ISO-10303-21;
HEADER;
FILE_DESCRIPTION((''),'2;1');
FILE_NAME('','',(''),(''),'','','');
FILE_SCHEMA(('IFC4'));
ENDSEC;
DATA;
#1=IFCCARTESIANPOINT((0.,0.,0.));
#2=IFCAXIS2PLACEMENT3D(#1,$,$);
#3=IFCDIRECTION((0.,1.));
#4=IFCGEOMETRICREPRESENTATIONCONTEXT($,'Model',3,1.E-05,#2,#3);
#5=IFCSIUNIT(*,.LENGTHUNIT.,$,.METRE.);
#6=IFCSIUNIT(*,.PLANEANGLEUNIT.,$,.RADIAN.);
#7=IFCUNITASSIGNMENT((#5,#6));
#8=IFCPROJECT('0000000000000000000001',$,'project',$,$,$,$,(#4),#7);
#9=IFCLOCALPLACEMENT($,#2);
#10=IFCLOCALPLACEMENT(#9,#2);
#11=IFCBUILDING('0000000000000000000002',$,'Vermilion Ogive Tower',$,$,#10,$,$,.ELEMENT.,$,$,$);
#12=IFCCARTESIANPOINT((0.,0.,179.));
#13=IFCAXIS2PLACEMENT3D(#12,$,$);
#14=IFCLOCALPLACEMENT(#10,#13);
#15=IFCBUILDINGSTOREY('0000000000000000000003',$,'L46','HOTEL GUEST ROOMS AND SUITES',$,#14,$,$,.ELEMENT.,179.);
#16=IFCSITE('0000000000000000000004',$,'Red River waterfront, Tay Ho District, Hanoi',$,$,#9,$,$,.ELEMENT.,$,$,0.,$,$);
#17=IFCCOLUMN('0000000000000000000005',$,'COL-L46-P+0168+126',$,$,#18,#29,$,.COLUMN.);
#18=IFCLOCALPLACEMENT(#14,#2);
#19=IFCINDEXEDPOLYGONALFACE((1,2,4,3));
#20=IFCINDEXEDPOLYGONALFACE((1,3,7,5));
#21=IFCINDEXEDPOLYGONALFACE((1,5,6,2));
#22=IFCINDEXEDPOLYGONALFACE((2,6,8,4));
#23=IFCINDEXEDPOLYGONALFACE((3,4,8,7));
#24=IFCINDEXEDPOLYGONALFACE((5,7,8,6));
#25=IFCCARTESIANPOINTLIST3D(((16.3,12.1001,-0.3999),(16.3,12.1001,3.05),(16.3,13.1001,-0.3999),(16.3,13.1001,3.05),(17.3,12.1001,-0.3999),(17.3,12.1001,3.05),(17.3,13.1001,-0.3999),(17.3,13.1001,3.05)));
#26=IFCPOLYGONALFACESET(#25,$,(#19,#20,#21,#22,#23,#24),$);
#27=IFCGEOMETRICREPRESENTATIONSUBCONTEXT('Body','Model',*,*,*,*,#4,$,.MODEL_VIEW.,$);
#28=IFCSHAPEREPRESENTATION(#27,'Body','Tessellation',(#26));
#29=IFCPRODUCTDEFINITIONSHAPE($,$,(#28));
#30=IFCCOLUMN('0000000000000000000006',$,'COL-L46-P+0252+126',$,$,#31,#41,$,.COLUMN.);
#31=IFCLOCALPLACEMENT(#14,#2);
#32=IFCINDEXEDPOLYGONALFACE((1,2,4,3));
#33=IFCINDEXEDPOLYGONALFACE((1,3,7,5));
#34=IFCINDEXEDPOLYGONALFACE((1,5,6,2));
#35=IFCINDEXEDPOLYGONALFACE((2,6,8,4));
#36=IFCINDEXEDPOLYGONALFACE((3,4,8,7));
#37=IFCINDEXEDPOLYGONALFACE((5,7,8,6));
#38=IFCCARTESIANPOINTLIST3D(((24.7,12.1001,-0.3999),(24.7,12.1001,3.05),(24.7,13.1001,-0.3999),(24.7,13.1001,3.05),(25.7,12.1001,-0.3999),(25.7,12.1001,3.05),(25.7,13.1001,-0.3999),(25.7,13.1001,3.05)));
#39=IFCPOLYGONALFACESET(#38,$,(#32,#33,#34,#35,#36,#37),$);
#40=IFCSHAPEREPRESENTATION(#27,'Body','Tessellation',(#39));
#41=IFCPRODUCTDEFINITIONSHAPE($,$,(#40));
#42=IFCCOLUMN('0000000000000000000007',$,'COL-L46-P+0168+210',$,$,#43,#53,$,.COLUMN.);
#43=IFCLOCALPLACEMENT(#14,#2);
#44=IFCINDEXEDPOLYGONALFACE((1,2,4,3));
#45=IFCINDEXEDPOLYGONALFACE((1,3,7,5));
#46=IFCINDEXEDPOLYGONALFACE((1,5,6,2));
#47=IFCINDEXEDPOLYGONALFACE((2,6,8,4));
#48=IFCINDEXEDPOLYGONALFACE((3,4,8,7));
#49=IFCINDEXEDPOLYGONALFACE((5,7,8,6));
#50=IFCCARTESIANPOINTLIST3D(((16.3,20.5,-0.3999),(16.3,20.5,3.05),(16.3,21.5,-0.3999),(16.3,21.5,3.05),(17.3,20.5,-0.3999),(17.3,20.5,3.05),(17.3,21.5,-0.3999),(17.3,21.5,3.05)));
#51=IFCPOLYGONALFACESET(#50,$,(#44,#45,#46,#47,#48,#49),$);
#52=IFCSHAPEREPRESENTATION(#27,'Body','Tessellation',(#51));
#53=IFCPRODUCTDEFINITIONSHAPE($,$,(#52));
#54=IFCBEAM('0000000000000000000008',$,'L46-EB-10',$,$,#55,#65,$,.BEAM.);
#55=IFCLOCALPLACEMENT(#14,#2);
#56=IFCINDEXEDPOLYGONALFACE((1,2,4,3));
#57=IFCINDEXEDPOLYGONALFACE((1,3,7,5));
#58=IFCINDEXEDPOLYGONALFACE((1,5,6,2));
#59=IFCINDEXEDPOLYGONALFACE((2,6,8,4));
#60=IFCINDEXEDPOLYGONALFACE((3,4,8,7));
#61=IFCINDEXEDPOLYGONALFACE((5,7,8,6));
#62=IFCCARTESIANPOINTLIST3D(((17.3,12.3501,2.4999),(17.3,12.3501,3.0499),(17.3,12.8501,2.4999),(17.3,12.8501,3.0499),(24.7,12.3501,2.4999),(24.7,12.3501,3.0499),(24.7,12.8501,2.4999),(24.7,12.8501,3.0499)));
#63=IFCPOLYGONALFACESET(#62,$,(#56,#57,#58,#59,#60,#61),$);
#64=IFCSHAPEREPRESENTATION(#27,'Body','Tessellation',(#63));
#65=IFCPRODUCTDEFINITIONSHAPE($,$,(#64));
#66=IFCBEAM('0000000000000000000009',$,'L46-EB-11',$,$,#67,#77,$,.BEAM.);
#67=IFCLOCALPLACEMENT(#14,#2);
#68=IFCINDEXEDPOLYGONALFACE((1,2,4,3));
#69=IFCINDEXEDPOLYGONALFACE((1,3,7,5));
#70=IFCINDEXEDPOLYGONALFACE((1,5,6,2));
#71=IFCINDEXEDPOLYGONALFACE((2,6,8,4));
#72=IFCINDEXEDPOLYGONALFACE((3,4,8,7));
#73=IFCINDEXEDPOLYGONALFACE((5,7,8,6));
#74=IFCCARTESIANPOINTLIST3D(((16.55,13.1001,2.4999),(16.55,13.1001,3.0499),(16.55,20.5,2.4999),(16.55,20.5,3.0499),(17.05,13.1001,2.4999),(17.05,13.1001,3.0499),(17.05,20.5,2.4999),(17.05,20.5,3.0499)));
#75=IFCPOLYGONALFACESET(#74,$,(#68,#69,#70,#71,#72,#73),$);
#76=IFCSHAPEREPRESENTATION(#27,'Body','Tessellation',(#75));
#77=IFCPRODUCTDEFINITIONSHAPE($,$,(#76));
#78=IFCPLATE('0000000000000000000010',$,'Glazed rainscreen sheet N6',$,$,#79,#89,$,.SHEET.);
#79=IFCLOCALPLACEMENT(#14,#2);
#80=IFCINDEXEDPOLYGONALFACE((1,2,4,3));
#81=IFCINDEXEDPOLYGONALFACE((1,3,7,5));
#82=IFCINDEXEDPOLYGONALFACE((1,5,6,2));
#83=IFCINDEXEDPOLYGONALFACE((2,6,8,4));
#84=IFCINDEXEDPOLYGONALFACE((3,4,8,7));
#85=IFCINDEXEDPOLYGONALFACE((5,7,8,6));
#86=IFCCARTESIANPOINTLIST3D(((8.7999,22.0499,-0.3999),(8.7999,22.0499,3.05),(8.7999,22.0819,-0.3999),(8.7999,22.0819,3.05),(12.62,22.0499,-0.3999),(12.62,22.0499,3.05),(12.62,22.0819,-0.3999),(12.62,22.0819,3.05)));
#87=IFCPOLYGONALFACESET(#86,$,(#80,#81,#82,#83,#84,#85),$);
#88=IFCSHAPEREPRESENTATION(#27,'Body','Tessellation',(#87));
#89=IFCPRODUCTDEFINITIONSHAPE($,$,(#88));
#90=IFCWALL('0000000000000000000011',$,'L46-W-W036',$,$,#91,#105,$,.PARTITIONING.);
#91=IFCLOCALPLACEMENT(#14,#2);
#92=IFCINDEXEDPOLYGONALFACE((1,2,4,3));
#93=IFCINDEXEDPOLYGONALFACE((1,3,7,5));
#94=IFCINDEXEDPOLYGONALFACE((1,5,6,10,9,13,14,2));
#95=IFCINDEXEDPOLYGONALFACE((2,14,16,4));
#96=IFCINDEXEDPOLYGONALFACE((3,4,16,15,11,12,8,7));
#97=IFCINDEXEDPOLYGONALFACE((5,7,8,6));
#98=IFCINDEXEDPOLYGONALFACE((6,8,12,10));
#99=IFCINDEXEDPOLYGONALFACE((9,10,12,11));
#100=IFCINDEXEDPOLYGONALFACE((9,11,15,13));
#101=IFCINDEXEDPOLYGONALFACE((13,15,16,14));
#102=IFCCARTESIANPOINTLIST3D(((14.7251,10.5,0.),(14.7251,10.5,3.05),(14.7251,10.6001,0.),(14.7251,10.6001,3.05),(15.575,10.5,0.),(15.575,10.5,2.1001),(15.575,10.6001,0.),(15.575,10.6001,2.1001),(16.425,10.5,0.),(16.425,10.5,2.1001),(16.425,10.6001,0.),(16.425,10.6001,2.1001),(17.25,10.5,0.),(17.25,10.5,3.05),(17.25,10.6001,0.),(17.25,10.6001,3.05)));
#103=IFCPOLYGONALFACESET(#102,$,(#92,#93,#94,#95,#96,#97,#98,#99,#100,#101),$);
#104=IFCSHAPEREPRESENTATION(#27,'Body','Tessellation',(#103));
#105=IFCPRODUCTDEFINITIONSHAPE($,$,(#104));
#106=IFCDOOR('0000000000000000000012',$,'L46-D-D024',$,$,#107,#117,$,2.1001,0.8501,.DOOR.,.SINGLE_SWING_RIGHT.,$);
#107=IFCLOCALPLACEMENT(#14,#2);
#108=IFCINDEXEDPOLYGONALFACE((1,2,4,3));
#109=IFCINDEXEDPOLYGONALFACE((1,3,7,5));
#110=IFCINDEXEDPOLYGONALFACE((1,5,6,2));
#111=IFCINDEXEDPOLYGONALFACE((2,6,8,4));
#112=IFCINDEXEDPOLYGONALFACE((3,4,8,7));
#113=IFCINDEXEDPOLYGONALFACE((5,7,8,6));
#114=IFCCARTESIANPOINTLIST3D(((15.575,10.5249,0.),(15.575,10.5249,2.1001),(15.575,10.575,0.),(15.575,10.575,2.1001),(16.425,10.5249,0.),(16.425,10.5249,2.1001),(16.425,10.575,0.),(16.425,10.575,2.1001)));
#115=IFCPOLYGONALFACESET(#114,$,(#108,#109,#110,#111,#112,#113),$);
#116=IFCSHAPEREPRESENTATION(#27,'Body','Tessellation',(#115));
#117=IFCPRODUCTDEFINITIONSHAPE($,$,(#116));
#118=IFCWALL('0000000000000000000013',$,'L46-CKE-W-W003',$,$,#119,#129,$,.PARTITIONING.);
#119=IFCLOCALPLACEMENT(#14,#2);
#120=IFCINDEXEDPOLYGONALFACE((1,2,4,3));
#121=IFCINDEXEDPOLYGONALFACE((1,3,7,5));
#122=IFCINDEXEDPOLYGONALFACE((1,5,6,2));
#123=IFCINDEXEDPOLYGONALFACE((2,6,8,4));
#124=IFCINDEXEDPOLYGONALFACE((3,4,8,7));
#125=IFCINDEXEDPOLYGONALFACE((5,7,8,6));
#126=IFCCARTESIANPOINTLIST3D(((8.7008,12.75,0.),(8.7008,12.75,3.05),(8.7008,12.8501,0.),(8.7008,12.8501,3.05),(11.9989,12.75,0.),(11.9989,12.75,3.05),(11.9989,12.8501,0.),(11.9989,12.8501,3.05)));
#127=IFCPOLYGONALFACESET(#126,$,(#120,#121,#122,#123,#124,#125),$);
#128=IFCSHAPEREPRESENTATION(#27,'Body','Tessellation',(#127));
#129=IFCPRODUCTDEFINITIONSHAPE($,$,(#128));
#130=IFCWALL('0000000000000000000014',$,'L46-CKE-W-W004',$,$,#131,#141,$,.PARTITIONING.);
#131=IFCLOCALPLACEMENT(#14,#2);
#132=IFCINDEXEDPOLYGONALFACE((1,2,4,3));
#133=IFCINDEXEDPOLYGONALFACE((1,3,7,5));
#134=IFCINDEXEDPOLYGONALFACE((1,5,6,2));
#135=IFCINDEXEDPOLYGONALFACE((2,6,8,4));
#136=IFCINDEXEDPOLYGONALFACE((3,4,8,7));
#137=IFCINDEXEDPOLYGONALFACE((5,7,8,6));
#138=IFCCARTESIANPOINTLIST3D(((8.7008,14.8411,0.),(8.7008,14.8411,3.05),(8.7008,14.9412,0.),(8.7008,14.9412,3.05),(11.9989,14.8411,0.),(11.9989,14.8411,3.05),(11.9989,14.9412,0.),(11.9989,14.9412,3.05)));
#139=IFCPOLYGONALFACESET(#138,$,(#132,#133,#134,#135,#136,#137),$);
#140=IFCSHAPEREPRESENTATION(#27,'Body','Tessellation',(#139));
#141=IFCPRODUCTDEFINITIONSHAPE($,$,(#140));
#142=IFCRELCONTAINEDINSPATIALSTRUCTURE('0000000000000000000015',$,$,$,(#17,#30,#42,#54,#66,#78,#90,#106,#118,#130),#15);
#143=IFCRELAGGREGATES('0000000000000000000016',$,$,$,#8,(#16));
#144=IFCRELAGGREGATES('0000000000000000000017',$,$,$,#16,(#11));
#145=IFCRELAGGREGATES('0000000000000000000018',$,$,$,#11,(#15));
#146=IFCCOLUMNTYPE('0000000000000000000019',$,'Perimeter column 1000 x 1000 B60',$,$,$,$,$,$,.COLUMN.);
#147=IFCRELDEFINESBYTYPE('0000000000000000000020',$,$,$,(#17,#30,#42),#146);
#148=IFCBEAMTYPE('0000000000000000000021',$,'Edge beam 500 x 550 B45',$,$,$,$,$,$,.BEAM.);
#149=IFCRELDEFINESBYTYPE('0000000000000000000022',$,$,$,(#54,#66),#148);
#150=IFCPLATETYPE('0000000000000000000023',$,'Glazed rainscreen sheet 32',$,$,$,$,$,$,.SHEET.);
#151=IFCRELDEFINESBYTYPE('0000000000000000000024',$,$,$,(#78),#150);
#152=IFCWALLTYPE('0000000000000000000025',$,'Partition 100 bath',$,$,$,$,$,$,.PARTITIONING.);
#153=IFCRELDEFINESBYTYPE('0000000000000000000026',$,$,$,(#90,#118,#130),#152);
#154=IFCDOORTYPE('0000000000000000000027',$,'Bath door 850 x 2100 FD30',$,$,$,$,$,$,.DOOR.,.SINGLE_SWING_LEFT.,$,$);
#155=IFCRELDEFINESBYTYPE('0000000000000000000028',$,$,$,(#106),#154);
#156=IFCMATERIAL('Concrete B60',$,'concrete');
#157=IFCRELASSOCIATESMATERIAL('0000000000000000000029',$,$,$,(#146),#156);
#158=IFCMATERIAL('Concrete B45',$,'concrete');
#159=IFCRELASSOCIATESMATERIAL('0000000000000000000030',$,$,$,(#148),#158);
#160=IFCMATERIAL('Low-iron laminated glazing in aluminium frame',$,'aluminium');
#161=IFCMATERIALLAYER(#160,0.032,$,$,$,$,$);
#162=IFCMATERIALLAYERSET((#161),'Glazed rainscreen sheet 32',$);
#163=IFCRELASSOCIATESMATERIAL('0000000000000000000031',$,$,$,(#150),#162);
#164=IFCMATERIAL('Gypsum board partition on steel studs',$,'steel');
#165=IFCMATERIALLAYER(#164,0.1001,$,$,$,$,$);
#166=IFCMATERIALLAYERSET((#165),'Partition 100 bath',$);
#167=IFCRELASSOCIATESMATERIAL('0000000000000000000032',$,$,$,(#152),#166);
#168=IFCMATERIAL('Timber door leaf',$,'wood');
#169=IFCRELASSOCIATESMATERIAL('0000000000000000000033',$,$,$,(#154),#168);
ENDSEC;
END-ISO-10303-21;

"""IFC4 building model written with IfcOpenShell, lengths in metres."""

from ifc_helpers import new_model, si_unit, direction, frame, frame_2d, origin, origin_2d, place, context, subcontext, project, spatial, rectangle, extrude, material, layer, layer_set, material_profile, profile_set, type_object, element, fill, save


model = new_model("IFC4")

# Units and contexts
model_context = context("Model", 3, precision=1e-05, world=origin(), true_north=direction((0.0, 1.0)))
body_context = subcontext(model_context, "Body", "Model", "MODEL_VIEW")
ifc_project = project(units=[si_unit("LENGTHUNIT", "METRE"), si_unit("PLANEANGLEUNIT", "RADIAN")], contexts=[model_context])

# Site, building, storey
site_placement = place(None, origin())
site = spatial("IfcSite", under=ifc_project, at=site_placement, Name="Red River waterfront, Tay Ho District, Hanoi", CompositionType="ELEMENT", RefElevation=0.0)
building_placement = place(site_placement, origin())
building = spatial("IfcBuilding", under=site, at=building_placement, Name="Vermilion Ogive Tower", CompositionType="ELEMENT")
storey_placement = place(building_placement, frame((0.0, 0.0, 179.0)))
storey = spatial("IfcBuildingStorey", under=building, at=storey_placement, Name="L46", Description="HOTEL GUEST ROOMS AND SUITES", CompositionType="ELEMENT", Elevation=179.0)

# Columns
ifc_material_1 = material(Name="Concrete B60", Category="concrete")
ifc_material_profile_1 = material_profile(ifc_material_1, rectangle(XDim=1.0, YDim=1.0, at=origin_2d()), Name="1000 x 1000")
ifc_profile_set_1 = profile_set([ifc_material_profile_1], Name="Concrete B60")
column_type = type_object("IfcColumnType", Name="Perimeter column 1000 x 1000 B60", PredefinedType="COLUMN", material=ifc_profile_set_1)
for number, where, z_axis, x_axis, name in (
    (1, (16.8, 12.6001, -0.3999), (0.0, 0.0, 1.0), (1.0, 0.0, 0.0), "COL-L46-P+0168+126"),
    (2, (25.2, 12.6001, -0.3999), (0.0, 0.0, 1.0), (1.0, 0.0, 0.0), "COL-L46-P+0252+126"),
    (3, (16.8, 21.0, -0.3999), (0.0, 0.0, 1.0), (1.0, 0.0, 0.0), "COL-L46-P+0168+210"),
):
    element("IfcColumn", number, at=place(storey_placement, frame(where, z_axis=z_axis, x_axis=x_axis)), inside=storey, type_object=column_type, Name=name, PredefinedType="COLUMN", context=body_context, shape_type="SweptSolid", body=[
        extrude(rectangle(XDim=1.0, YDim=1.0, at=origin_2d()), origin(), (0.0, 0.0, 1.0), 3.45),
    ])

# Beams
ifc_material_2 = material(Name="Concrete B45", Category="concrete")
ifc_material_profile_2 = material_profile(ifc_material_2, rectangle(XDim=0.5, YDim=0.55, at=origin_2d()), Name="500 x 550")
ifc_profile_set_2 = profile_set([ifc_material_profile_2], Name="Concrete B45")
beam_type = type_object("IfcBeamType", Name="Edge beam 500 x 550 B45", PredefinedType="BEAM", material=ifc_profile_set_2)
for number, where, z_axis, x_axis, name in (
    (4, (24.7, 12.6001, 2.7749), (-1.0, 0.0, 0.0), (0.0, -1.0, 0.0), "L46-EB-10"),
    (5, (16.8, 13.1001, 2.7749), (0.0, 1.0, 0.0), (-1.0, 0.0, 0.0), "L46-EB-11"),
):
    element("IfcBeam", number, at=place(storey_placement, frame(where, z_axis=z_axis, x_axis=x_axis)), inside=storey, type_object=beam_type, Name=name, PredefinedType="BEAM", context=body_context, shape_type="SweptSolid", body=[
        extrude(rectangle(XDim=0.5, YDim=0.55, at=origin_2d()), origin(), (0.0, 0.0, 1.0), 7.3999),
    ])

# Plate
ifc_material_3 = material(Name="Low-iron laminated glazing in aluminium frame", Category="aluminium")
ifc_layer_1 = layer(ifc_material_3, 0.032)
ifc_layer_set_1 = layer_set([ifc_layer_1], Name="Glazed rainscreen sheet 32")
plate_type = type_object("IfcPlateType", Name="Glazed rainscreen sheet 32", PredefinedType="SHEET", material=ifc_layer_set_1)
plate_placement = place(storey_placement, frame((10.71, 22.0659, -0.3999), z_axis=(0.0, 0.0, 1.0), x_axis=(1.0, 0.0, 0.0)))
element("IfcPlate", 6, at=plate_placement, inside=storey, type_object=plate_type, Name="Glazed rainscreen sheet N6", PredefinedType="SHEET", context=body_context, shape_type="SweptSolid", body=[
    extrude(rectangle(XDim=3.8201, YDim=0.032, at=origin_2d()), origin(), (0.0, 0.0, 1.0), 3.45),
])

# Wall, opening, door
ifc_material_4 = material(Name="Gypsum board partition on steel studs", Category="steel")
ifc_layer_2 = layer(ifc_material_4, 0.1001)
ifc_layer_set_2 = layer_set([ifc_layer_2], Name="Partition 100 bath")
wall_type_1 = type_object("IfcWallType", Name="Partition 100 bath", PredefinedType="PARTITIONING", material=ifc_layer_set_2)
wall_1_placement = place(storey_placement, frame((14.7251, 10.55, 0.0), z_axis=(0.0, 0.0, 1.0), x_axis=(1.0, 0.0, 0.0)))
wall_1 = element("IfcWall", 7, at=wall_1_placement, inside=storey, type_object=wall_type_1, Name="L46-W-W036", PredefinedType="PARTITIONING", context=body_context, shape_type="SweptSolid", body=[
    extrude(rectangle(XDim=2.5249, YDim=0.1001, at=frame_2d((1.2625, 0.0))), origin(), (0.0, 0.0, 1.0), 3.05),
])
opening_1_placement = place(wall_1_placement, frame((0.8499, 0.0, 0.0)))
opening_1 = element("IfcOpeningElement", 8, at=opening_1_placement, cuts=wall_1, PredefinedType="OPENING", context=body_context, shape_type="SweptSolid", body=[
    extrude(rectangle(XDim=0.8501, YDim=2.1001, at=frame_2d((0.425, 1.05))), frame((0.0, 0.0601, 0.0), z_axis=(0.0, -1.0, 0.0), x_axis=(1.0, 0.0, 0.0)), (0.0, 0.0, 1.0), 0.1201),
])
ifc_material_5 = material(Name="Timber door leaf", Category="wood")
door_type_1 = type_object("IfcDoorType", Name="Bath door 850 x 2100 FD30", OperationType="SINGLE_SWING_LEFT", PredefinedType="DOOR", material=ifc_material_5)
door_1_placement = place(opening_1_placement, origin())
door_1 = element("IfcDoor", 9, at=door_1_placement, inside=storey, type_object=door_type_1, Name="L46-D-D024", OperationType="SINGLE_SWING_RIGHT", OverallHeight=2.1001, OverallWidth=0.8501, PredefinedType="DOOR", context=body_context, shape_type="SweptSolid", body=[
    extrude(rectangle(XDim=0.8501, YDim=2.1001, at=frame_2d((0.425, 1.05))), frame((0.0, 0.0249, 0.0), z_axis=(0.0, -1.0, 0.0), x_axis=(1.0, 0.0, 0.0)), (0.0, 0.0, 1.0), 0.05),
])
fill(opening_1, door_1)

# Walls
for number, where, z_axis, x_axis, name in (
    (10, (8.7009, 12.8, 0.0), (0.0, 0.0, 1.0), (1.0, 0.0, 0.0), "L46-CKE-W-W003"),
    (11, (8.7009, 14.8911, 0.0), (0.0, 0.0, 1.0), (1.0, 0.0, 0.0), "L46-CKE-W-W004"),
):
    element("IfcWall", number, at=place(storey_placement, frame(where, z_axis=z_axis, x_axis=x_axis)), inside=storey, type_object=wall_type_1, Name=name, PredefinedType="PARTITIONING", context=body_context, shape_type="SweptSolid", body=[
        extrude(rectangle(XDim=3.2981, YDim=0.1001, at=frame_2d((1.6489, 0.0))), origin(), (0.0, 0.0, 1.0), 3.05),
    ])

save(model, "model.ifc")
